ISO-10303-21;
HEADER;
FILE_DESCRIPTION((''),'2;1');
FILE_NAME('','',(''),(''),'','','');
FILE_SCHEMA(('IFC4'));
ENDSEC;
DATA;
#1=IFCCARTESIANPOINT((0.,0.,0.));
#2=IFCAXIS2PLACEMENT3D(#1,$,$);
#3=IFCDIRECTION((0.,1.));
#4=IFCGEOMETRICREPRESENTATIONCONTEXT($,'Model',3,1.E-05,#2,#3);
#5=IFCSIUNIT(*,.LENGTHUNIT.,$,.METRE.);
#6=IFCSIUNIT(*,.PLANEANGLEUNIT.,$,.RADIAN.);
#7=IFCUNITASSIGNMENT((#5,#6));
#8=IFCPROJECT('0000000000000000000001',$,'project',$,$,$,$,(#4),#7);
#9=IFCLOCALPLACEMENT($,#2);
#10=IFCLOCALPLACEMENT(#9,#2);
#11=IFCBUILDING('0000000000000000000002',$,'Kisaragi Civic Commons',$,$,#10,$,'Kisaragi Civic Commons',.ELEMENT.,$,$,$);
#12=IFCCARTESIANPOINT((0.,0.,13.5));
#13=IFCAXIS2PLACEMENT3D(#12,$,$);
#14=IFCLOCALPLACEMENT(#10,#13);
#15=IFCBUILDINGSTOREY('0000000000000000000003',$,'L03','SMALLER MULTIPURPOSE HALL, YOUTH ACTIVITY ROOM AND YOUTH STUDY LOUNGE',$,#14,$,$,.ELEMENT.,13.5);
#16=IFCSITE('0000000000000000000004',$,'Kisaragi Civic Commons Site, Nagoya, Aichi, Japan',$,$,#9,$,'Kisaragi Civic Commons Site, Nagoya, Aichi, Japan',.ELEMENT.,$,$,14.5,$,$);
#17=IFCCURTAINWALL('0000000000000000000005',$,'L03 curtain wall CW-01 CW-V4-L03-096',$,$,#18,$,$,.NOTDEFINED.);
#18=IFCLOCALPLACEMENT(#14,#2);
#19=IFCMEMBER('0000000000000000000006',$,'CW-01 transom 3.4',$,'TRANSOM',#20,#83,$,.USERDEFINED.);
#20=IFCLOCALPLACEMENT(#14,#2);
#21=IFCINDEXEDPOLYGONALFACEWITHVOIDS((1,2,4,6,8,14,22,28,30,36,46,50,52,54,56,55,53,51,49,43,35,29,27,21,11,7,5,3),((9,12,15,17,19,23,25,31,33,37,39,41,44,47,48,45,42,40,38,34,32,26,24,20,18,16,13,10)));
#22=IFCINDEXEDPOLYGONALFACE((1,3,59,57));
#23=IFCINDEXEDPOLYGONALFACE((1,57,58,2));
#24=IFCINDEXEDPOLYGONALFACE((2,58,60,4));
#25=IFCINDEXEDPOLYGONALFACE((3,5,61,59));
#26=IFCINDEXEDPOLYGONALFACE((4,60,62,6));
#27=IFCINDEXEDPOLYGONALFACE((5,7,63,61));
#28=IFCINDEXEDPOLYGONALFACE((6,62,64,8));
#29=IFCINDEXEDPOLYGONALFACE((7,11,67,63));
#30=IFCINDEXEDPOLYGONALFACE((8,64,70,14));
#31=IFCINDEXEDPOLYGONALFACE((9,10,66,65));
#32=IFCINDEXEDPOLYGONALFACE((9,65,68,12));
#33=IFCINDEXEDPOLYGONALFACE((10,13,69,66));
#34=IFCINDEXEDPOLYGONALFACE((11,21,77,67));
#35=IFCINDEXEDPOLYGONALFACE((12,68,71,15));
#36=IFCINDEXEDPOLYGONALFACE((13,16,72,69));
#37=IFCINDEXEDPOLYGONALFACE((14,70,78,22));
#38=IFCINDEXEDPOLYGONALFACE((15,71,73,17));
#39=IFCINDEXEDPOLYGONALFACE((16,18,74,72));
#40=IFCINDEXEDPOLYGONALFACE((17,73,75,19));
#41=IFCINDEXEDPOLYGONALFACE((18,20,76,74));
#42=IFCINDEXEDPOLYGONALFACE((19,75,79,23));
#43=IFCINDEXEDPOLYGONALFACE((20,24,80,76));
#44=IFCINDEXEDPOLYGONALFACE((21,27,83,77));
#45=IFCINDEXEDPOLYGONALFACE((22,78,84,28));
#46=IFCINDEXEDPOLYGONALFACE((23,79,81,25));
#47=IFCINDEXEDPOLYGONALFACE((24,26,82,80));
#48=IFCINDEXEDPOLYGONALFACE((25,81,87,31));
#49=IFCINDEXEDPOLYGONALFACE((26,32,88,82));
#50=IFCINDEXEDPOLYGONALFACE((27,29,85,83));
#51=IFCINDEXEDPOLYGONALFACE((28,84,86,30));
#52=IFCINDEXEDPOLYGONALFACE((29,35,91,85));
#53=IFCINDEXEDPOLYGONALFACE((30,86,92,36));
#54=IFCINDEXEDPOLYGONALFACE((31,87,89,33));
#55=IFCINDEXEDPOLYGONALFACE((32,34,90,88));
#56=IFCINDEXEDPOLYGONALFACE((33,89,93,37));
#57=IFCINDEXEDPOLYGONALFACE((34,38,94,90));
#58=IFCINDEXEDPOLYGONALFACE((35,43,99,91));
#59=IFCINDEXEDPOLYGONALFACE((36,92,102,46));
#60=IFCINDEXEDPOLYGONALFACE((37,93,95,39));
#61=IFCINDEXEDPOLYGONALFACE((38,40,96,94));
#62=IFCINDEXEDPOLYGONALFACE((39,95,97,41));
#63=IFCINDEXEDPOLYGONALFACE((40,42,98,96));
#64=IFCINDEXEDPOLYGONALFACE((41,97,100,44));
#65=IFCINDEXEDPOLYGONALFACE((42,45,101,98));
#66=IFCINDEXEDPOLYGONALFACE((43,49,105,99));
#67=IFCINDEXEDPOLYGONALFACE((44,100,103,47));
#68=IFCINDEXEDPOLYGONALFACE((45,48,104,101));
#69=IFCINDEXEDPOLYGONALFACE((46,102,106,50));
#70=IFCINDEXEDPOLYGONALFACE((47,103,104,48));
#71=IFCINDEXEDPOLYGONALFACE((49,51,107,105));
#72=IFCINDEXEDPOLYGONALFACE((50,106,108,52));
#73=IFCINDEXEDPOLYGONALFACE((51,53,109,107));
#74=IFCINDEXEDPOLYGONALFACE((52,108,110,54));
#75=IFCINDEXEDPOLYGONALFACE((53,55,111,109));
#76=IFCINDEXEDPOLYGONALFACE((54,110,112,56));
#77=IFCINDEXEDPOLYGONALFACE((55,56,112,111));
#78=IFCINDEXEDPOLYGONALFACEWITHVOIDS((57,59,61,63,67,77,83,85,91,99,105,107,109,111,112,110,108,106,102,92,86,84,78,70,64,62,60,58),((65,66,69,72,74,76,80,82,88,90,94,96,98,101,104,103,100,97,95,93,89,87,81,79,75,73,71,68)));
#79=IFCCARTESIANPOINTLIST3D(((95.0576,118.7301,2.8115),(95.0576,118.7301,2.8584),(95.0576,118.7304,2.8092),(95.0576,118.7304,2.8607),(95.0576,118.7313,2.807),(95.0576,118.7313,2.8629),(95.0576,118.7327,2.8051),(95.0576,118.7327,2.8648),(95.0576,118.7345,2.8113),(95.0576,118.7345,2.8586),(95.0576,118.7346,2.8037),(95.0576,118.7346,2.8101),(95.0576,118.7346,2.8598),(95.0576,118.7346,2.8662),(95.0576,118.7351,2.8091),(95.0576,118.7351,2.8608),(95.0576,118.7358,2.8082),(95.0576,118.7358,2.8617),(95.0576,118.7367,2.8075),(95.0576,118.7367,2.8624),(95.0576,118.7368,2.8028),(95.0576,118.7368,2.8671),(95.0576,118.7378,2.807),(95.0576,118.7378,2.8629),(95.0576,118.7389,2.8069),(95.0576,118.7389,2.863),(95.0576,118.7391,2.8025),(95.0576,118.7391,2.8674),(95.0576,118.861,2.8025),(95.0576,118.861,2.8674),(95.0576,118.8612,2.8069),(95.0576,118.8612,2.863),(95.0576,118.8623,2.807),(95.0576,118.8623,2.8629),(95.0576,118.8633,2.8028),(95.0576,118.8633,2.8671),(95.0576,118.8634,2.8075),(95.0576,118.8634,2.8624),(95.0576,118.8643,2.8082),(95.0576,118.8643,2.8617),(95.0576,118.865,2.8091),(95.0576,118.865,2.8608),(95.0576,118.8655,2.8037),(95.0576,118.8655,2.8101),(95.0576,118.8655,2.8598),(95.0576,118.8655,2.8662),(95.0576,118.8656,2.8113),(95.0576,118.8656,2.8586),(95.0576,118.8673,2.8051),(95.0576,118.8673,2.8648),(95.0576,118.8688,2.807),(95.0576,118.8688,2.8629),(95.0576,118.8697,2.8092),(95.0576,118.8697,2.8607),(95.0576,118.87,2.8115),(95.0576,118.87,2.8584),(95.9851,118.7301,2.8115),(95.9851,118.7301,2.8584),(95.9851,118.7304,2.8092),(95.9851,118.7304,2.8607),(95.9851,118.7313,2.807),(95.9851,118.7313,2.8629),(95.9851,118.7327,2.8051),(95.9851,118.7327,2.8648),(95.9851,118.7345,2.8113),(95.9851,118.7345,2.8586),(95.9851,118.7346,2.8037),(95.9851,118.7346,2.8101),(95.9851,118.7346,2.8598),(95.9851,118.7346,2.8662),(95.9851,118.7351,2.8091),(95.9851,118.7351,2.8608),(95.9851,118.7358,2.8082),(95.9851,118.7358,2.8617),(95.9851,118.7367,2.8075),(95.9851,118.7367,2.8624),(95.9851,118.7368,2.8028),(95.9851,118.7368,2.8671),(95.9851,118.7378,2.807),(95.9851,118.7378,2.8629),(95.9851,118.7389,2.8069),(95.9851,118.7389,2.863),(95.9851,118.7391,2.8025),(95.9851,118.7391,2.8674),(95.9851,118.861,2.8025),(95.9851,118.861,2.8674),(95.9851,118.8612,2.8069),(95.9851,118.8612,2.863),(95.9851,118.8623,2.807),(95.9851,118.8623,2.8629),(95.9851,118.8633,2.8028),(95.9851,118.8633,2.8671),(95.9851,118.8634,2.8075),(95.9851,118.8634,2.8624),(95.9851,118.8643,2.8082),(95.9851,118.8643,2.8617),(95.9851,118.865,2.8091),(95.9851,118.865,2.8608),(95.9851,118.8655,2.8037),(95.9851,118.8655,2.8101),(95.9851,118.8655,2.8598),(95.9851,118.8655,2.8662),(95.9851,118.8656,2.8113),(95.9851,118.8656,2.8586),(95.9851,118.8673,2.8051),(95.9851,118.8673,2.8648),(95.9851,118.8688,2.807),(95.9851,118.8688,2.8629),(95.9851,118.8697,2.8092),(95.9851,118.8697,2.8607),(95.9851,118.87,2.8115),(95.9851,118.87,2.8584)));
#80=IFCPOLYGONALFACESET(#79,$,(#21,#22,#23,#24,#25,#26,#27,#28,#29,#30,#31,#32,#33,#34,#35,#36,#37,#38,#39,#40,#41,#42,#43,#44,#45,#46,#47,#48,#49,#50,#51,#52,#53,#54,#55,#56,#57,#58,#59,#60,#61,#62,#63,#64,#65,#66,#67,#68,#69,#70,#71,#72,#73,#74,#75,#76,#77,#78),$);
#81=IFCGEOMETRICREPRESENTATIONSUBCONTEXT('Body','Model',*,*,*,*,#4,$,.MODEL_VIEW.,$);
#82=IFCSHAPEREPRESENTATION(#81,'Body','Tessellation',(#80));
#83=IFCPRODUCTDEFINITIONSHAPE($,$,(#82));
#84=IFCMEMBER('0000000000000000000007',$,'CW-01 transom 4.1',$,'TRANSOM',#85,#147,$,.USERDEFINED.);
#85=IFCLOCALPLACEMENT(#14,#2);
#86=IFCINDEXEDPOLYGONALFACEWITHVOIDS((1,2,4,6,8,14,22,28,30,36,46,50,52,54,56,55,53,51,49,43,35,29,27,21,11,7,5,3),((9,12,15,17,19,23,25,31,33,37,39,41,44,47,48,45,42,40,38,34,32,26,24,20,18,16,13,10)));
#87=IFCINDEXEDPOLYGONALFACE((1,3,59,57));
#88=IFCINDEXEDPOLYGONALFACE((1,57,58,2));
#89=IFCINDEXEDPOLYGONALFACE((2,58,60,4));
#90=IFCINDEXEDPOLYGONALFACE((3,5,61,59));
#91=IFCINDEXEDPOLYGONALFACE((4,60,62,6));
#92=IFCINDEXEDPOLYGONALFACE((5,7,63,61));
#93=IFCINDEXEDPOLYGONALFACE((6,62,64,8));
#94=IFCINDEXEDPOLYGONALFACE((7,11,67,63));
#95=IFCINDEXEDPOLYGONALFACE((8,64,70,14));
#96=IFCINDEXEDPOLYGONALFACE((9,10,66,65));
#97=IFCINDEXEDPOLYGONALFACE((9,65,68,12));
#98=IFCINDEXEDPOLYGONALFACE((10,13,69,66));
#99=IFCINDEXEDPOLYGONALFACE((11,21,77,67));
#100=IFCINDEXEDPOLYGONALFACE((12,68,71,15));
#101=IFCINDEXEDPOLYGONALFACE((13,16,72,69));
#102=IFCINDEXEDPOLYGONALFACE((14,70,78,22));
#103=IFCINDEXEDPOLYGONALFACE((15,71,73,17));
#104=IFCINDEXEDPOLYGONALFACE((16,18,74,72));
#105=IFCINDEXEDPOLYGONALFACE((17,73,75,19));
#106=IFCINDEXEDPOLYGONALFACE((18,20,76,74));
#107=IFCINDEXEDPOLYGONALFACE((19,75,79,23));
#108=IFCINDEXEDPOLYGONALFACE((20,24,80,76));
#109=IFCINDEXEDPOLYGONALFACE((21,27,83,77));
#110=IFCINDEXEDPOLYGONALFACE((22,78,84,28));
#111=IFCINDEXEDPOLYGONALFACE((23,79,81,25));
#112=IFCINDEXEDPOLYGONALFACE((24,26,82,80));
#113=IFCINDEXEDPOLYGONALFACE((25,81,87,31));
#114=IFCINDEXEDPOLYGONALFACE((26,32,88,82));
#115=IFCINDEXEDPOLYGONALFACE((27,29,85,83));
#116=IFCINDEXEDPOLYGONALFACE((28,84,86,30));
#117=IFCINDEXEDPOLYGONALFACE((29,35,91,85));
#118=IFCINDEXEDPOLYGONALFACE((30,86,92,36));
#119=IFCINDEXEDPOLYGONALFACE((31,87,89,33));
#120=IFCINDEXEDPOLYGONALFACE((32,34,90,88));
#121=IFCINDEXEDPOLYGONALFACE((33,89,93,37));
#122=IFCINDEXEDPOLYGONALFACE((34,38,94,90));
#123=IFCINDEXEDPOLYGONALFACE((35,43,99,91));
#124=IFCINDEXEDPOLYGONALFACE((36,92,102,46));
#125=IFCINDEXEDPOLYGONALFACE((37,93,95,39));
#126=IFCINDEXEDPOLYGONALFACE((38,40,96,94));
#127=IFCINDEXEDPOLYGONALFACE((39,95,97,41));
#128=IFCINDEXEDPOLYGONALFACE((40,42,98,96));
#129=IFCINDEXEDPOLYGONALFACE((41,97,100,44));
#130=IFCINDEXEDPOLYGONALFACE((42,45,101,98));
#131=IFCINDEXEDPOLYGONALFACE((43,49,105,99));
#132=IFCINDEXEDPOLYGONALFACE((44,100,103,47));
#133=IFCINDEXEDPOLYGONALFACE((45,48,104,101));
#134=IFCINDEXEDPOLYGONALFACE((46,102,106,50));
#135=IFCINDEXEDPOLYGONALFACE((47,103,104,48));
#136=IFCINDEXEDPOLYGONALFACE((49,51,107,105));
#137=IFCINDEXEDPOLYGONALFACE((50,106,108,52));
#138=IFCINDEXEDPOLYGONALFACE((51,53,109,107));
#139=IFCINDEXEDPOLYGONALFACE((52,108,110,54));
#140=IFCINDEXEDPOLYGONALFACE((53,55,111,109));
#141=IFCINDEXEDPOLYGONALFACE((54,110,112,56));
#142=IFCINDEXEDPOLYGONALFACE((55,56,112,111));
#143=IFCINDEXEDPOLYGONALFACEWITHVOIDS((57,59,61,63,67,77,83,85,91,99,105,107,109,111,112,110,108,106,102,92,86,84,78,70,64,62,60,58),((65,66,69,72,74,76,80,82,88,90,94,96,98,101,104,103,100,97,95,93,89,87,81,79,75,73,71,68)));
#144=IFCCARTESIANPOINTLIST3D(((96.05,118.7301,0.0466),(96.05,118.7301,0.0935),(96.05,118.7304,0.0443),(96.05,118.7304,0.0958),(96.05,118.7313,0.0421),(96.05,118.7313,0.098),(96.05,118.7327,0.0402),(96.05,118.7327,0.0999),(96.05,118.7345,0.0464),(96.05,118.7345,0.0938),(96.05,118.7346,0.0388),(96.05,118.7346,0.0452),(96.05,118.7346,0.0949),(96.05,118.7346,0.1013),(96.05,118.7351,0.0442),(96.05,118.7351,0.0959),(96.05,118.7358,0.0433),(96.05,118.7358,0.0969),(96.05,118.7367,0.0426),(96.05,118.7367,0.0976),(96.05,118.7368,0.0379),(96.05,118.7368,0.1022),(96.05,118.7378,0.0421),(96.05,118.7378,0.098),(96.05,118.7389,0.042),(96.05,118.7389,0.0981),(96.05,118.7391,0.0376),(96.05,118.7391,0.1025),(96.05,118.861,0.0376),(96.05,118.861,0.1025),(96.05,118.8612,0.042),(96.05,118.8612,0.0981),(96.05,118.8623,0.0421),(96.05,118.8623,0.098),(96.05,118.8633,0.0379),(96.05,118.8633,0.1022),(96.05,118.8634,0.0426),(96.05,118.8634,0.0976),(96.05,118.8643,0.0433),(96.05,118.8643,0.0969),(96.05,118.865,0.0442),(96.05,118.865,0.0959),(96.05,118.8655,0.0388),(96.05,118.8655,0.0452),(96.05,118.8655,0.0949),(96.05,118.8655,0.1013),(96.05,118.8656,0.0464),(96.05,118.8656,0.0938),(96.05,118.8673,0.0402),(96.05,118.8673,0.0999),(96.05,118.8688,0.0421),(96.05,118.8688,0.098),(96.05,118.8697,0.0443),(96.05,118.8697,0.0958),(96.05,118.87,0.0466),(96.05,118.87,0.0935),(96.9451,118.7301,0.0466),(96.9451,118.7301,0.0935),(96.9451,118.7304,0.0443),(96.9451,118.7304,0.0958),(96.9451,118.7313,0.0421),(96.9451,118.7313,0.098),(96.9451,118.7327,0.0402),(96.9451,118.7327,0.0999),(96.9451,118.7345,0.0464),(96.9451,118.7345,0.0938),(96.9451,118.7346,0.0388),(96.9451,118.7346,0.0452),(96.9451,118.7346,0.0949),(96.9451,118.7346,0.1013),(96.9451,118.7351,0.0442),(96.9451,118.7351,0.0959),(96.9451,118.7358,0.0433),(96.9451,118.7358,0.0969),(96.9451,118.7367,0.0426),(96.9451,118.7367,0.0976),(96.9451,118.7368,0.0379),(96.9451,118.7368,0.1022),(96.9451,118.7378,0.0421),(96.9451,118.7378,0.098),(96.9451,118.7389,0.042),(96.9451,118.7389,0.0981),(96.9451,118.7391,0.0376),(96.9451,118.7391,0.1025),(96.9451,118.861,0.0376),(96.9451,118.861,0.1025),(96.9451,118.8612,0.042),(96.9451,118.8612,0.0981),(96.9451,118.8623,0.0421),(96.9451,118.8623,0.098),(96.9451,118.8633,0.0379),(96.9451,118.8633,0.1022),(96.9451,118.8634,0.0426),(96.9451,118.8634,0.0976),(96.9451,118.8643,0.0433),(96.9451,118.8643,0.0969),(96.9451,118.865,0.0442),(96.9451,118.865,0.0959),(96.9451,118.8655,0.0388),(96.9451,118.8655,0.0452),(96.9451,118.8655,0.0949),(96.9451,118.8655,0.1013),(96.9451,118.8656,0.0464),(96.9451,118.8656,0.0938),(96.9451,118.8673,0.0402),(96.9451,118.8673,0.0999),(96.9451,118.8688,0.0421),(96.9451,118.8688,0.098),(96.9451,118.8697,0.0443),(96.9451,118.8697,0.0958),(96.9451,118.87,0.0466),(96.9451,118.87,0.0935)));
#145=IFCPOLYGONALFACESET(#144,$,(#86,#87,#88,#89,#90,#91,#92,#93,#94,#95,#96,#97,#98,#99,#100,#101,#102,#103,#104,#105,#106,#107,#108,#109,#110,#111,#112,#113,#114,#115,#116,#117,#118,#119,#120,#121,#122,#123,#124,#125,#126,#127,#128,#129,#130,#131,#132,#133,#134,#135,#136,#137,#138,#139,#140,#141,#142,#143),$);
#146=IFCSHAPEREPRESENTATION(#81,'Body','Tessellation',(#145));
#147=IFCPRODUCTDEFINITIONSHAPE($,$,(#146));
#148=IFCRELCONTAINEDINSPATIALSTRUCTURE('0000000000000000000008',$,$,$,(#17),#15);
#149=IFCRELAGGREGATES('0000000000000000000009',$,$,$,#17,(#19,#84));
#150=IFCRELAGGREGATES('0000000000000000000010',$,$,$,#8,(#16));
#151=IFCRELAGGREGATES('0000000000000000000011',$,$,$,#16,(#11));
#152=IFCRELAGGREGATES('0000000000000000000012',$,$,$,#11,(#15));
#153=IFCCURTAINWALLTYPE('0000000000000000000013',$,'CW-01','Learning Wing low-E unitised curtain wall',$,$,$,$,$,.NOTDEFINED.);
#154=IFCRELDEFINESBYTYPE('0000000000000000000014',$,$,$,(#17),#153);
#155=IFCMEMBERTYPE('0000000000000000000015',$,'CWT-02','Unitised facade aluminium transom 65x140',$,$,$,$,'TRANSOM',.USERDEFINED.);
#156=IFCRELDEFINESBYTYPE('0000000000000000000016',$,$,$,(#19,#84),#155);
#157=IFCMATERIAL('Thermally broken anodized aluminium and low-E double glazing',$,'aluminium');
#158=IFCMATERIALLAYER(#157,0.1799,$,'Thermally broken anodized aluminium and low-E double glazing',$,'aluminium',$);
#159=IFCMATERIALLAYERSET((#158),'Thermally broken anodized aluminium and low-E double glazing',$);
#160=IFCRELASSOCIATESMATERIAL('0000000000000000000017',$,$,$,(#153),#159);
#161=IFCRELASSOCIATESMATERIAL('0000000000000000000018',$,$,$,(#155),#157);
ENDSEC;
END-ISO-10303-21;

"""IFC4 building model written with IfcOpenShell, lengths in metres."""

from ifc_helpers import new_model, si_unit, direction, frame, origin, origin_2d, place, context, subcontext, project, spatial, hollow_rectangle, extrude, material, layer, layer_set, material_profile, profile_set, type_object, element, aggregate, save


model = new_model("IFC4")

# Units and contexts
model_context = context("Model", 3, precision=1e-05, world=origin(), true_north=direction((0.0, 1.0)))
body_context = subcontext(model_context, "Body", "Model", "MODEL_VIEW")
ifc_project = project(units=[si_unit("LENGTHUNIT", "METRE"), si_unit("PLANEANGLEUNIT", "RADIAN")], contexts=[model_context])

# Site, building, storey
site_placement = place(None, origin())
site = spatial("IfcSite", under=ifc_project, at=site_placement, Name="Kisaragi Civic Commons Site, Nagoya, Aichi, Japan", LongName="Kisaragi Civic Commons Site, Nagoya, Aichi, Japan", CompositionType="ELEMENT", RefElevation=14.5)
building_placement = place(site_placement, origin())
building = spatial("IfcBuilding", under=site, at=building_placement, Name="Kisaragi Civic Commons", LongName="Kisaragi Civic Commons", CompositionType="ELEMENT")
storey_placement = place(building_placement, frame((0.0, 0.0, 13.5)))
storey = spatial("IfcBuildingStorey", under=building, at=storey_placement, Name="L03", Description="SMALLER MULTIPURPOSE HALL, YOUTH ACTIVITY ROOM AND YOUTH STUDY LOUNGE", CompositionType="ELEMENT", Elevation=13.5)

# Curtain wall, members
ifc_material = material(Name="Thermally broken anodized aluminium and low-E double glazing", Category="aluminium")
ifc_layer_1 = layer(ifc_material, 0.1799, Name="Thermally broken anodized aluminium and low-E double glazing", Category="aluminium")
ifc_layer_set_1 = layer_set([ifc_layer_1], Name="Thermally broken anodized aluminium and low-E double glazing")
curtain_wall_type = type_object("IfcCurtainWallType", Name="CW-01", Description="Learning Wing low-E unitised curtain wall", PredefinedType="NOTDEFINED", material=ifc_layer_set_1)
curtain_wall_placement = place(storey_placement, origin())
curtain_wall = element("IfcCurtainWall", 1, at=curtain_wall_placement, inside=storey, type_object=curtain_wall_type, Name="L03 curtain wall CW-01 CW-V4-L03-096", PredefinedType="NOTDEFINED")
ifc_material_profile_1 = material_profile(ifc_material, hollow_rectangle(XDim=0.1399, YDim=0.0649, WallThickness=0.0044, InnerFilletRadius=0.0044, OuterFilletRadius=0.009, at=origin_2d()), Name="CWT-65x140x4.5", Category="aluminium")
ifc_profile_set_1 = profile_set([ifc_material_profile_1], Name="Thermally broken anodized aluminium and low-E double glazing")
member_type_1 = type_object("IfcMemberType", Name="CWT-02", Description="Unitised facade aluminium transom 65x140", ElementType="TRANSOM", PredefinedType="USERDEFINED", material=ifc_profile_set_1)
member_1_placement = place(storey_placement, frame((95.0576, 118.8, 2.835), z_axis=(1.0, 0.0, 0.0), x_axis=(0.0, 1.0, 0.0)))
member_1 = element("IfcMember", 2, at=member_1_placement, type_object=member_type_1, Name="CW-01 transom 3.4", ObjectType="TRANSOM", PredefinedType="USERDEFINED", context=body_context, shape_type="SweptSolid", body=[
    extrude(hollow_rectangle(XDim=0.1399, YDim=0.0649, WallThickness=0.0044, InnerFilletRadius=0.0044, OuterFilletRadius=0.009, at=origin_2d()), origin(), (0.0, 0.0, 1.0), 0.9275),
])
member_2_placement = place(storey_placement, frame((96.05, 118.8, 0.0701), z_axis=(1.0, 0.0, 0.0), x_axis=(0.0, 1.0, 0.0)))
member_2 = element("IfcMember", 3, at=member_2_placement, type_object=member_type_1, Name="CW-01 transom 4.1", ObjectType="TRANSOM", PredefinedType="USERDEFINED", context=body_context, shape_type="SweptSolid", body=[
    extrude(hollow_rectangle(XDim=0.1399, YDim=0.0649, WallThickness=0.0044, InnerFilletRadius=0.0044, OuterFilletRadius=0.009, at=origin_2d()), origin(), (0.0, 0.0, 1.0), 0.895),
])
aggregate(curtain_wall, [member_1, member_2])

save(model, "model.ifc")
